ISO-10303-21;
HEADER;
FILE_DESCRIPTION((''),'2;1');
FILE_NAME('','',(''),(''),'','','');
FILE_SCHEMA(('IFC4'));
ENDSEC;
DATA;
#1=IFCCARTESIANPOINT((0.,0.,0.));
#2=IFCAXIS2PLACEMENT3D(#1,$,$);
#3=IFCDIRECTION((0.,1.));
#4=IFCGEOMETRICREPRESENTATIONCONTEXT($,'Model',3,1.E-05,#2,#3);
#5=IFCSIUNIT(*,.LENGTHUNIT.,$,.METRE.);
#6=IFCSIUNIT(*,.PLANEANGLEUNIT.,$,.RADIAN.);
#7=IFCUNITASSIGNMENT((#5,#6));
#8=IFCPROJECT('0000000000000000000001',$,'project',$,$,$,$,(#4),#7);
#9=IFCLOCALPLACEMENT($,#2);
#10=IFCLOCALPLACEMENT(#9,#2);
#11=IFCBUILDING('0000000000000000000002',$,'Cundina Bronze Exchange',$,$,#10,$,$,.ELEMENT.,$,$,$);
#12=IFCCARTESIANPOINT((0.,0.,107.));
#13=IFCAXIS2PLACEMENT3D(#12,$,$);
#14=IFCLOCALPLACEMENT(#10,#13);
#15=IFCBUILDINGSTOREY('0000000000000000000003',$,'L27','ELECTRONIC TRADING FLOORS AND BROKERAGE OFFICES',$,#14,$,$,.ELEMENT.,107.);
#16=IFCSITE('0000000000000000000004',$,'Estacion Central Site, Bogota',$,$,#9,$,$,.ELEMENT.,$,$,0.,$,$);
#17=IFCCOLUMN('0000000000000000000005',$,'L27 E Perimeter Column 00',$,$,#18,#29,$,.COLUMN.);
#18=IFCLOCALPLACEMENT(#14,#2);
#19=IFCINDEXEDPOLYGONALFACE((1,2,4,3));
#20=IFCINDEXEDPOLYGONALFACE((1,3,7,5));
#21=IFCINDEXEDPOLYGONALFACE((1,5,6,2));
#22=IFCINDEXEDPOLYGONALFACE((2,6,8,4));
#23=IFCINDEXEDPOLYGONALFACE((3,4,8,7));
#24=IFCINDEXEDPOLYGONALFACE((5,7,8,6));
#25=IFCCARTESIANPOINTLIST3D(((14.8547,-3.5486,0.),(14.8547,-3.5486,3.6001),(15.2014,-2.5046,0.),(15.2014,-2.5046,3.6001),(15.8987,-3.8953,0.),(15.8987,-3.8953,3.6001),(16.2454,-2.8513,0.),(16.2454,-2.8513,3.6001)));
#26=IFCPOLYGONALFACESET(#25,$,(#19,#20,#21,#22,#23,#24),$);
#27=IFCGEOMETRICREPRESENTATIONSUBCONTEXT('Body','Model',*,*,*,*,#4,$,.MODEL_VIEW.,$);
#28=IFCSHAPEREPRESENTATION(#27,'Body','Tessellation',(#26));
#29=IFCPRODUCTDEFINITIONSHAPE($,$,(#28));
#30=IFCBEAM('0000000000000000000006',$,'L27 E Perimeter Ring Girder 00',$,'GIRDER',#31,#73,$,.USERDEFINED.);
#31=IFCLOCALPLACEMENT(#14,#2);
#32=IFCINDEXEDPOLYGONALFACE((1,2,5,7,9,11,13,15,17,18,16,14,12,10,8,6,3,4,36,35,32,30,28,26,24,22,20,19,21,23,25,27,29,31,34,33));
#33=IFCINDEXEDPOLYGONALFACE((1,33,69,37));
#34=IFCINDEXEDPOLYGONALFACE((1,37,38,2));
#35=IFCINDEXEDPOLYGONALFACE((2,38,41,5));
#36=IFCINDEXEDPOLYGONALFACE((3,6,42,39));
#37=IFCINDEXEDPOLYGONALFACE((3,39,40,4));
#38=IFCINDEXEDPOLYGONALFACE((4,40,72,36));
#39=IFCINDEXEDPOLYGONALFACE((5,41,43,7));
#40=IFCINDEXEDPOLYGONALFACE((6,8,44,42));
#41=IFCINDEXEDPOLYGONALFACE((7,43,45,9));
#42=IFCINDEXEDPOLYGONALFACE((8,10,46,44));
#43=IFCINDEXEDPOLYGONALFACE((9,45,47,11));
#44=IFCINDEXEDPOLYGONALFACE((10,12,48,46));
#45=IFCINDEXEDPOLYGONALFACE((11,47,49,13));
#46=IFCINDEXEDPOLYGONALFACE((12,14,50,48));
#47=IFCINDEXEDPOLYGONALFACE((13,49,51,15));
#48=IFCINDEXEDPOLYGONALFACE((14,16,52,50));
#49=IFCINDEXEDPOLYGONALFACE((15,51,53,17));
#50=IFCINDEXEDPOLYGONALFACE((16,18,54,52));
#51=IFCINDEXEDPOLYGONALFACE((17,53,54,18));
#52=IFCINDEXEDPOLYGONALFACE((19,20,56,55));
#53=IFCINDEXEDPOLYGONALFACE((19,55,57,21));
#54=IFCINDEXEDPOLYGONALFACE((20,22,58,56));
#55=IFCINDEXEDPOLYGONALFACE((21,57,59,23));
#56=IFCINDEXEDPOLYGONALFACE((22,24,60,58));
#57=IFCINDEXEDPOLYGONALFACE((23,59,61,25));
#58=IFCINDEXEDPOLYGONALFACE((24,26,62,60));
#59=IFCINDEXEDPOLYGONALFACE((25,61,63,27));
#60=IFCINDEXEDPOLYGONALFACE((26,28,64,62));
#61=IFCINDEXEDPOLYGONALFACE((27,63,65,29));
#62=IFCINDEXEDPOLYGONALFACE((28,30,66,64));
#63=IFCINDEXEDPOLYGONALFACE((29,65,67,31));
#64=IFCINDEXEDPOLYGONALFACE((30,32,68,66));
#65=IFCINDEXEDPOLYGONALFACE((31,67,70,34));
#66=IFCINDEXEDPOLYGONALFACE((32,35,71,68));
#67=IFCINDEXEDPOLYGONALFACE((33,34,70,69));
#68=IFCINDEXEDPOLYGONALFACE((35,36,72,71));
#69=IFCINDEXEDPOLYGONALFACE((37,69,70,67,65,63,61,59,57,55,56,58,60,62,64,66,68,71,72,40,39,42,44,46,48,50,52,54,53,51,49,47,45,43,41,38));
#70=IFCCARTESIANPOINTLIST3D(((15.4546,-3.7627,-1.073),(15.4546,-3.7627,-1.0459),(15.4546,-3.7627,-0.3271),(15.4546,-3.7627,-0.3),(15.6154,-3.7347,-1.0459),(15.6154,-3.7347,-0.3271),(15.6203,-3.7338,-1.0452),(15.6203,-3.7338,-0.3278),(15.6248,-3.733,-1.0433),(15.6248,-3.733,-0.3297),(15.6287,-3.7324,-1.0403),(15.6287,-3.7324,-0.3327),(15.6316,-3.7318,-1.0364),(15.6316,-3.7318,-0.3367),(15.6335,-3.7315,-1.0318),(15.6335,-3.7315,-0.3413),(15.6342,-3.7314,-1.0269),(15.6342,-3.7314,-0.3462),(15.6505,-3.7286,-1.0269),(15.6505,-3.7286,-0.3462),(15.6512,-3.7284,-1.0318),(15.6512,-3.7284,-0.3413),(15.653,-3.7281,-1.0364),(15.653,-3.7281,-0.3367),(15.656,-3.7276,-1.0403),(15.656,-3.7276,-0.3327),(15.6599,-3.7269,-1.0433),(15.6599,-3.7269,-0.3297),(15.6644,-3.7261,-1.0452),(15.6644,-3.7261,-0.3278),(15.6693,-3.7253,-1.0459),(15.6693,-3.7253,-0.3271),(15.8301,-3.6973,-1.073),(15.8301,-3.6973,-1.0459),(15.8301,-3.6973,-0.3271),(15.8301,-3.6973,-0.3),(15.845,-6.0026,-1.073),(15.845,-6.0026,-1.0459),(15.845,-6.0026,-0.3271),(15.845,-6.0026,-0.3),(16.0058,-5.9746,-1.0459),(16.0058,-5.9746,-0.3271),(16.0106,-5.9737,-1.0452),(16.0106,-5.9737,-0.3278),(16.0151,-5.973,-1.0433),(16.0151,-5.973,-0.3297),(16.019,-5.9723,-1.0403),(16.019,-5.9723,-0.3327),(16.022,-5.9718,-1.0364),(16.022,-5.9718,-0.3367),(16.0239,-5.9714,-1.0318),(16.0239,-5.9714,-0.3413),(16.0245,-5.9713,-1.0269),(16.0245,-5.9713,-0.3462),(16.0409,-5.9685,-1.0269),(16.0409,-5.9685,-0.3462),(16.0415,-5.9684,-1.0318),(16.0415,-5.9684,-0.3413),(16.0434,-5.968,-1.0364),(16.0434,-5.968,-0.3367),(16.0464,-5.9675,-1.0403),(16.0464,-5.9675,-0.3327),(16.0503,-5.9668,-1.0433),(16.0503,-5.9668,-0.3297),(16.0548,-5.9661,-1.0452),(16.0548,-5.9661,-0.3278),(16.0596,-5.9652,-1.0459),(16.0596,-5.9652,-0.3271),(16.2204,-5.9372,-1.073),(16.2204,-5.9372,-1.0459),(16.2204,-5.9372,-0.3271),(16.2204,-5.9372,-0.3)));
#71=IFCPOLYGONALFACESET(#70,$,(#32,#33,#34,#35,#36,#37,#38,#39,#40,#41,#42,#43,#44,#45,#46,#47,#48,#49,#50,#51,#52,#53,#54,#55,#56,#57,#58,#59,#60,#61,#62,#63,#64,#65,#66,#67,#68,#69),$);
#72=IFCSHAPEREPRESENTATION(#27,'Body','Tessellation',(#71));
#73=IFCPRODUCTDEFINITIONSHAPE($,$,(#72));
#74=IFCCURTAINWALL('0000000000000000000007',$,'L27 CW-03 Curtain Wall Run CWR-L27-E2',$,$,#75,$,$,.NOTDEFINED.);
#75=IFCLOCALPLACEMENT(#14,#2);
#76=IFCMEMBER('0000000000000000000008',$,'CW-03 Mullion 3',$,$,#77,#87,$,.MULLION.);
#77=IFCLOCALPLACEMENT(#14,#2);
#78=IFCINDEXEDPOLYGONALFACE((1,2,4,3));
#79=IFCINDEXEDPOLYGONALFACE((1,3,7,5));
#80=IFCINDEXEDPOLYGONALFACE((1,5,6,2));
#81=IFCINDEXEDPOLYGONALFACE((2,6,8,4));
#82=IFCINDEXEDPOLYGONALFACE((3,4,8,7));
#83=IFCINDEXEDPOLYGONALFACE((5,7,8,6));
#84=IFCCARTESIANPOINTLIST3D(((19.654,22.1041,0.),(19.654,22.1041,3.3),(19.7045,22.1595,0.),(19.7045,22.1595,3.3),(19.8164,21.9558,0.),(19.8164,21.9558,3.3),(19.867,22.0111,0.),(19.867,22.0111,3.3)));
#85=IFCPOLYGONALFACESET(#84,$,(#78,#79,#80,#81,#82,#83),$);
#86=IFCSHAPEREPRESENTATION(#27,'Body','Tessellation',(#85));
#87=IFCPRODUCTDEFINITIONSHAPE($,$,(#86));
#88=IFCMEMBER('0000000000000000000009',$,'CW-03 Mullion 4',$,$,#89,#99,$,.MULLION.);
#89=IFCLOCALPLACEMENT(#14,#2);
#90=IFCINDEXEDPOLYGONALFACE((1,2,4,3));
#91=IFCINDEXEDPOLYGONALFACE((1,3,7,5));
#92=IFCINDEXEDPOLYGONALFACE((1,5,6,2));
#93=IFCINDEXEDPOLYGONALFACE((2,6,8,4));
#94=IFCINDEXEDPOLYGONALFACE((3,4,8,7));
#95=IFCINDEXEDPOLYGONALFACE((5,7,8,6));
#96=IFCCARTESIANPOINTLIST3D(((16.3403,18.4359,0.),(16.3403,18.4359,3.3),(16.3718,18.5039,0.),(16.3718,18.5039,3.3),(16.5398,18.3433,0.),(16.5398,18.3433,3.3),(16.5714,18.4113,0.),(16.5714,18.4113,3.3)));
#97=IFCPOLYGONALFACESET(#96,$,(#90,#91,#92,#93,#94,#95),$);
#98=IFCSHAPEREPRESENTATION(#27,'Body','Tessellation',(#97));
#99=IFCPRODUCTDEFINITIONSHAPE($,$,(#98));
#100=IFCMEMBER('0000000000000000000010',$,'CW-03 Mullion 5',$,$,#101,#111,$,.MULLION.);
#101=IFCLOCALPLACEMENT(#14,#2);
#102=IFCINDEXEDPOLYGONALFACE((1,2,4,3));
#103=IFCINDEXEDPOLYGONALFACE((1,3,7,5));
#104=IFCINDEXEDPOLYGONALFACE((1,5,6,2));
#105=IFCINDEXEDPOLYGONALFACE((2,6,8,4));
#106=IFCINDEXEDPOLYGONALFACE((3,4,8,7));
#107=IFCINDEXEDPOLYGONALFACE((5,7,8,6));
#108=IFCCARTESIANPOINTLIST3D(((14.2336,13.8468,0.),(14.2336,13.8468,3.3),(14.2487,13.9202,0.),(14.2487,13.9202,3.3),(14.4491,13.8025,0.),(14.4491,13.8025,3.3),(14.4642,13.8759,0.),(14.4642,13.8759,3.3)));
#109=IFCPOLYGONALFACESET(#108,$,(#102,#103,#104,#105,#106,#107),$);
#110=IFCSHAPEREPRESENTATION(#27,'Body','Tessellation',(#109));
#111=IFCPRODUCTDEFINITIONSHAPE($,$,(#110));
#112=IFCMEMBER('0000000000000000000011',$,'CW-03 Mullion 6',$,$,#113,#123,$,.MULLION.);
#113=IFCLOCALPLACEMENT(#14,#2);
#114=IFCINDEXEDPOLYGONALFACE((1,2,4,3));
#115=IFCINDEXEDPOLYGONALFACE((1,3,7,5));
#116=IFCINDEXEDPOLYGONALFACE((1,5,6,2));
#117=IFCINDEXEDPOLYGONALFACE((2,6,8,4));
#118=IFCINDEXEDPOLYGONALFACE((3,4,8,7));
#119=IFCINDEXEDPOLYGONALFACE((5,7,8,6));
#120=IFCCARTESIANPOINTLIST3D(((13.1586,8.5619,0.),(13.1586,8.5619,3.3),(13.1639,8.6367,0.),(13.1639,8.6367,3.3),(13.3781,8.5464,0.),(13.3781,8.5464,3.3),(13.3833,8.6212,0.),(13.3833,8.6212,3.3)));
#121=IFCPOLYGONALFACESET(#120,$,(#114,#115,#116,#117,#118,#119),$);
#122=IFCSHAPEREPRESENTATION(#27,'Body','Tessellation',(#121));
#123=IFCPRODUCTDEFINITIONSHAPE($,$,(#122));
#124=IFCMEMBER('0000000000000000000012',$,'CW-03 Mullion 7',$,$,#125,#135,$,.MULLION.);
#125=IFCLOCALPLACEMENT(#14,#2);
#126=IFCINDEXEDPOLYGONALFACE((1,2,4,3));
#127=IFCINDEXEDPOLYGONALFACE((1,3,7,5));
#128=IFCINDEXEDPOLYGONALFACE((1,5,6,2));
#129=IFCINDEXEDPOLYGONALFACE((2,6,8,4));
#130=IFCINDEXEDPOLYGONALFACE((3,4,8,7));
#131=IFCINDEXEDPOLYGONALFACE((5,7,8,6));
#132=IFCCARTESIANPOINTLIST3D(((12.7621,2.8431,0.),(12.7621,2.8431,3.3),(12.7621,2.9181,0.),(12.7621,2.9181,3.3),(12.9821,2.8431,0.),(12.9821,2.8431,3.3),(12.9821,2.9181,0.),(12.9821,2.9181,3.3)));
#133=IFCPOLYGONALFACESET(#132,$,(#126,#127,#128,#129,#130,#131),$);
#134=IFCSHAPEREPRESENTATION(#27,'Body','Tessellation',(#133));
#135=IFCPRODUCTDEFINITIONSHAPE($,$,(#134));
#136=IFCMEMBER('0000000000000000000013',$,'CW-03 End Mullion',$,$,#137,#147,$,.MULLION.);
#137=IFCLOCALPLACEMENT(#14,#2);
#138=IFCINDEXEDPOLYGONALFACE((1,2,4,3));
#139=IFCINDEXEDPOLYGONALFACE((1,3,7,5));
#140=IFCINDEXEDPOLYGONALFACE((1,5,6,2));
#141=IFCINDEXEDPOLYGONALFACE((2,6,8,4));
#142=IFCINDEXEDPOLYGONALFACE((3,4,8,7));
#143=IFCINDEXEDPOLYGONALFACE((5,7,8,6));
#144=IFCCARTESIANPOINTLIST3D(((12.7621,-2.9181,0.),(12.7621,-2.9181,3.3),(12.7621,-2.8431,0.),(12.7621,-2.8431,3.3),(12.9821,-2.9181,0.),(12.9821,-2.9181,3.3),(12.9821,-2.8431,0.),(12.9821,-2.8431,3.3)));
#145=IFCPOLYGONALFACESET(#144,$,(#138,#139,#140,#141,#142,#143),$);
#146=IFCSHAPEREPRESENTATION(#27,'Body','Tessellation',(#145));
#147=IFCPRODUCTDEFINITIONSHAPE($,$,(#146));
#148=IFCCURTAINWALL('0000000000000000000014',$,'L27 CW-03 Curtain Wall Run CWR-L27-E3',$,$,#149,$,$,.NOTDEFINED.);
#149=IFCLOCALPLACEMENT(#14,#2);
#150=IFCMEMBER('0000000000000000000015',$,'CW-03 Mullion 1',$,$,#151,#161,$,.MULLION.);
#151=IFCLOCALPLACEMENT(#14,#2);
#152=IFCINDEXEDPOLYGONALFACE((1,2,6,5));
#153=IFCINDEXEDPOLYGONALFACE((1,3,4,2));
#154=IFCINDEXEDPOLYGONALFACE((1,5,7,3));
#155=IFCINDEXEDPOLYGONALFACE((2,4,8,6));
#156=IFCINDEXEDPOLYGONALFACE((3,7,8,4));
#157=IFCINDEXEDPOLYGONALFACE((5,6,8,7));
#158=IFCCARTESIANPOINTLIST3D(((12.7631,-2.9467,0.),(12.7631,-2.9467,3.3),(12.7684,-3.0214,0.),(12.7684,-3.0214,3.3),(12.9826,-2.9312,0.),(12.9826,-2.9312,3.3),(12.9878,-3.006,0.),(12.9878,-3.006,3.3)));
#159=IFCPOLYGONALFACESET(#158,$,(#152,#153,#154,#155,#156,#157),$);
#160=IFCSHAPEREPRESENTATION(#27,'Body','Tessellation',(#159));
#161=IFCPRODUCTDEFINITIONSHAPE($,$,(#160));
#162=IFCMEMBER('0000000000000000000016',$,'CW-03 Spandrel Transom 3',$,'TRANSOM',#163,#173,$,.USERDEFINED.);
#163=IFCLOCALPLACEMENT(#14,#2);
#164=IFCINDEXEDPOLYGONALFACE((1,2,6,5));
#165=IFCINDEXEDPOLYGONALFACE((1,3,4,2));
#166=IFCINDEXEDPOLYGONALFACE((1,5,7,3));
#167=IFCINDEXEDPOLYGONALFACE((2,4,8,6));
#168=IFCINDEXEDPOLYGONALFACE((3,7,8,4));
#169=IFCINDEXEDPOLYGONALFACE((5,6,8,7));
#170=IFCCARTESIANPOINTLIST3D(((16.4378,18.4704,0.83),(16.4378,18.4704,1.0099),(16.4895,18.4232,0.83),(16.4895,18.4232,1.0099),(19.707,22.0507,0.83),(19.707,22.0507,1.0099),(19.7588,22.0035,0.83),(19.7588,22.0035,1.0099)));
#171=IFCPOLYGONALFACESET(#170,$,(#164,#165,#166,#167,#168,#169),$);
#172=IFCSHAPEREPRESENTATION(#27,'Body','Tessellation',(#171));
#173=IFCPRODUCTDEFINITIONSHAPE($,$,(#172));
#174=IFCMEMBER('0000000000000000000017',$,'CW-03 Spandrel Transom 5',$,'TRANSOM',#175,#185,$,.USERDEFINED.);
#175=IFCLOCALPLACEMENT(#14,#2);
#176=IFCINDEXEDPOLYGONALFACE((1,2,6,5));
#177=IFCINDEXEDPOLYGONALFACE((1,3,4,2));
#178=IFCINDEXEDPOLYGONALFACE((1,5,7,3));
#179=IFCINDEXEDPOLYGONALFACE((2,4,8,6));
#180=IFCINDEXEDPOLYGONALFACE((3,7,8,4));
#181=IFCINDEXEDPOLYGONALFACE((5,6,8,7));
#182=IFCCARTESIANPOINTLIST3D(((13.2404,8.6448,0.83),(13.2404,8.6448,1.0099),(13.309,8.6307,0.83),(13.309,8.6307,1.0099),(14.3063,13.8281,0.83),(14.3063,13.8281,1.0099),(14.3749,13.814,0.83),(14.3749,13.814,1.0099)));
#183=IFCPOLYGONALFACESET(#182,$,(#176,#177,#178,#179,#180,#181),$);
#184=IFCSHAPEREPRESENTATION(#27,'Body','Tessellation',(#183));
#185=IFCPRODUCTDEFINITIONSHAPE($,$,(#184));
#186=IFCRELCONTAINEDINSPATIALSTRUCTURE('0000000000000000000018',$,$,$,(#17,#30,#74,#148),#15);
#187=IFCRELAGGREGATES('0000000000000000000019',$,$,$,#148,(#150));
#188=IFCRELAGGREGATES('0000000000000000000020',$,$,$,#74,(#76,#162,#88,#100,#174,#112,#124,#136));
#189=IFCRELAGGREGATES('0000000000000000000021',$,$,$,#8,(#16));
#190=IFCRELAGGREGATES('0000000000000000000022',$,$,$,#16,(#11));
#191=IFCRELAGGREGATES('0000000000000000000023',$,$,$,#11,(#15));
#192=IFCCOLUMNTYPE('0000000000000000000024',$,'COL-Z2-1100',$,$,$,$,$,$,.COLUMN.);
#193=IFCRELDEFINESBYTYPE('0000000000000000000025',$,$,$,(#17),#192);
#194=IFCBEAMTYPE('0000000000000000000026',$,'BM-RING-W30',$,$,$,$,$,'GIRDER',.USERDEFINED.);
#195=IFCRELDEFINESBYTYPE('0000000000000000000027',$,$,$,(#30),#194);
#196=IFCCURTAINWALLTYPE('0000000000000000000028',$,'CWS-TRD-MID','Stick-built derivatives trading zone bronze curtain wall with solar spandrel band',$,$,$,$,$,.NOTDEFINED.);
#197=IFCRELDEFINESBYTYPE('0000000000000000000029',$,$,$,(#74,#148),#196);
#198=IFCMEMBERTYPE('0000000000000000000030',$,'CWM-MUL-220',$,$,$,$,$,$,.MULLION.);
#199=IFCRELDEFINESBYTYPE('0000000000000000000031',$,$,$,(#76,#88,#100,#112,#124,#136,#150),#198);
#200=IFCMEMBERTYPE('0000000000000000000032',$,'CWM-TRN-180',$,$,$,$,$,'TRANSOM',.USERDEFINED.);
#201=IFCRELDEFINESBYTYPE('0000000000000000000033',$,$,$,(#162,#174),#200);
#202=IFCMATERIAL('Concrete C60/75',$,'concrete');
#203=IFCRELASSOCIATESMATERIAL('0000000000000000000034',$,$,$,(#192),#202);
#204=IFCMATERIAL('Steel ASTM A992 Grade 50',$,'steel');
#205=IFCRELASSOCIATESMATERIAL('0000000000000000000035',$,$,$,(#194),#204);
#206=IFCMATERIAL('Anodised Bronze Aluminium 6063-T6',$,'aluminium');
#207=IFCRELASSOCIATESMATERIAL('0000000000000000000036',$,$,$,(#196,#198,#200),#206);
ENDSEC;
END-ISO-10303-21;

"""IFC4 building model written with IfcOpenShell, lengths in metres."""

from ifc_helpers import new_model, si_unit, direction, frame, origin, origin_2d, place, context, subcontext, project, spatial, rectangle, i_section, extrude, material, material_profile, profile_set, type_object, element, aggregate, save


model = new_model("IFC4")

# Units and contexts
model_context = context("Model", 3, precision=1e-05, world=origin(), true_north=direction((0.0, 1.0)))
body_context = subcontext(model_context, "Body", "Model", "MODEL_VIEW")
ifc_project = project(units=[si_unit("LENGTHUNIT", "METRE"), si_unit("PLANEANGLEUNIT", "RADIAN")], contexts=[model_context])

# Site, building, storey
site_placement = place(None, origin())
site = spatial("IfcSite", under=ifc_project, at=site_placement, Name="Estacion Central Site, Bogota", CompositionType="ELEMENT", RefElevation=0.0)
building_placement = place(site_placement, origin())
building = spatial("IfcBuilding", under=site, at=building_placement, Name="Cundina Bronze Exchange", CompositionType="ELEMENT")
storey_placement = place(building_placement, frame((0.0, 0.0, 107.0)))
storey = spatial("IfcBuildingStorey", under=building, at=storey_placement, Name="L27", Description="ELECTRONIC TRADING FLOORS AND BROKERAGE OFFICES", CompositionType="ELEMENT", Elevation=107.0)

# Column
ifc_material_1 = material(Name="Concrete C60/75", Category="concrete")
ifc_material_profile_1 = material_profile(ifc_material_1, rectangle(XDim=1.1001, YDim=1.1001, at=origin_2d()), Name="RC1100X1100", Category="concrete")
ifc_profile_set_1 = profile_set([ifc_material_profile_1], Name="Concrete C60/75")
column_type = type_object("IfcColumnType", Name="COL-Z2-1100", PredefinedType="COLUMN", material=ifc_profile_set_1)
column_placement = place(storey_placement, frame((15.55, -3.2, 0.0), z_axis=(0.0, 0.0, 1.0), x_axis=(-0.315152, -0.949041, 0.0)))
element("IfcColumn", 1, at=column_placement, inside=storey, type_object=column_type, Name="L27 E Perimeter Column 00", PredefinedType="COLUMN", context=body_context, shape_type="SweptSolid", body=[
    extrude(rectangle(XDim=1.1001, YDim=1.1001, at=origin_2d()), origin(), (0.0, 0.0, 1.0), 3.6001),
])

# Beam
ifc_material_2 = material(Name="Steel ASTM A992 Grade 50", Category="steel")
ifc_material_profile_2 = material_profile(ifc_material_2, i_section(OverallWidth=0.3811, OverallDepth=0.7729, WebThickness=0.0166, FlangeThickness=0.0271, FilletRadius=0.019, at=origin_2d()), Name="W30X173", Category="steel")
ifc_profile_set_2 = profile_set([ifc_material_profile_2], Name="Steel ASTM A992 Grade 50")
beam_type = type_object("IfcBeamType", Name="BM-RING-W30", ElementType="GIRDER", PredefinedType="USERDEFINED", material=ifc_profile_set_2)
beam_placement = place(storey_placement, frame((15.6423, -3.73, -0.6865), z_axis=(0.17169, -0.985151, 0.0), x_axis=(0.985151, 0.17169, 0.0)))
element("IfcBeam", 2, at=beam_placement, inside=storey, type_object=beam_type, Name="L27 E Perimeter Ring Girder 00", ObjectType="GIRDER", PredefinedType="USERDEFINED", context=body_context, shape_type="SweptSolid", body=[
    extrude(i_section(OverallWidth=0.3811, OverallDepth=0.7729, WebThickness=0.0166, FlangeThickness=0.0271, FilletRadius=0.019, at=origin_2d()), origin(), (0.0, 0.0, 1.0), 2.2737),
])

# Curtain wall, members
ifc_material_3 = material(Name="Anodised Bronze Aluminium 6063-T6", Category="aluminium")
curtain_wall_type = type_object("IfcCurtainWallType", Name="CWS-TRD-MID", Description="Stick-built derivatives trading zone bronze curtain wall with solar spandrel band", PredefinedType="NOTDEFINED", material=ifc_material_3)
curtain_wall_1_placement = place(storey_placement, origin())
curtain_wall_1 = element("IfcCurtainWall", 3, at=curtain_wall_1_placement, inside=storey, type_object=curtain_wall_type, Name="L27 CW-03 Curtain Wall Run CWR-L27-E2", PredefinedType="NOTDEFINED")
ifc_material_profile_3 = material_profile(ifc_material_3, rectangle(XDim=0.075, YDim=0.22, at=origin_2d()), Name="AL75X220", Category="aluminium")
ifc_profile_set_3 = profile_set([ifc_material_profile_3], Name="Anodised Bronze Aluminium 6063-T6")
member_type_1 = type_object("IfcMemberType", Name="CWM-MUL-220", PredefinedType="MULLION", material=ifc_profile_set_3)
member_1_placement = place(storey_placement, frame((19.7605, 22.0576, 0.0), z_axis=(0.0, 0.0, 1.0), x_axis=(-0.674302, -0.738455, 0.0)))
member_1 = element("IfcMember", 4, at=member_1_placement, type_object=member_type_1, Name="CW-03 Mullion 3", PredefinedType="MULLION", context=body_context, shape_type="SweptSolid", body=[
    extrude(rectangle(XDim=0.075, YDim=0.22, at=origin_2d()), origin(), (0.0, 0.0, 1.0), 3.3),
])
member_2_placement = place(storey_placement, frame((16.4558, 18.4236, 0.0), z_axis=(0.0, 0.0, 1.0), x_axis=(-0.420877, -0.907117, 0.0)))
member_2 = element("IfcMember", 5, at=member_2_placement, type_object=member_type_1, Name="CW-03 Mullion 4", PredefinedType="MULLION", context=body_context, shape_type="SweptSolid", body=[
    extrude(rectangle(XDim=0.075, YDim=0.22, at=origin_2d()), origin(), (0.0, 0.0, 1.0), 3.3),
])
member_3_placement = place(storey_placement, frame((14.3489, 13.8613, 0.0), z_axis=(0.0, 0.0, 1.0), x_axis=(-0.20142, -0.979505, 0.0)))
member_3 = element("IfcMember", 6, at=member_3_placement, type_object=member_type_1, Name="CW-03 Mullion 5", PredefinedType="MULLION", context=body_context, shape_type="SweptSolid", body=[
    extrude(rectangle(XDim=0.075, YDim=0.22, at=origin_2d()), origin(), (0.0, 0.0, 1.0), 3.3),
])
member_4_placement = place(storey_placement, frame((13.271, 8.5916, 0.0), z_axis=(0.0, 0.0, 1.0), x_axis=(-0.070279, -0.997527, 0.0)))
member_4 = element("IfcMember", 7, at=member_4_placement, type_object=member_type_1, Name="CW-03 Mullion 6", PredefinedType="MULLION", context=body_context, shape_type="SweptSolid", body=[
    extrude(rectangle(XDim=0.075, YDim=0.22, at=origin_2d()), origin(), (0.0, 0.0, 1.0), 3.3),
])
member_5_placement = place(storey_placement, frame((12.8721, 2.8806, 0.0), z_axis=(0.0, 0.0, 1.0), x_axis=(0.0, -1.0, 0.0)))
member_5 = element("IfcMember", 8, at=member_5_placement, type_object=member_type_1, Name="CW-03 Mullion 7", PredefinedType="MULLION", context=body_context, shape_type="SweptSolid", body=[
    extrude(rectangle(XDim=0.075, YDim=0.22, at=origin_2d()), origin(), (0.0, 0.0, 1.0), 3.3),
])
member_6_placement = place(storey_placement, frame((12.8721, -2.8806, 0.0), z_axis=(0.0, 0.0, 1.0), x_axis=(0.0, -1.0, 0.0)))
member_6 = element("IfcMember", 9, at=member_6_placement, type_object=member_type_1, Name="CW-03 End Mullion", PredefinedType="MULLION", context=body_context, shape_type="SweptSolid", body=[
    extrude(rectangle(XDim=0.075, YDim=0.22, at=origin_2d()), origin(), (0.0, 0.0, 1.0), 3.3),
])

# Curtain wall, member
curtain_wall_2_placement = place(storey_placement, origin())
curtain_wall_2 = element("IfcCurtainWall", 10, at=curtain_wall_2_placement, inside=storey, type_object=curtain_wall_type, Name="L27 CW-03 Curtain Wall Run CWR-L27-E3", PredefinedType="NOTDEFINED")
member_7_placement = place(storey_placement, frame((12.8755, -2.9763, 0.0), z_axis=(0.0, 0.0, 1.0), x_axis=(0.070279, -0.997527, 0.0)))
member_7 = element("IfcMember", 11, at=member_7_placement, type_object=member_type_1, Name="CW-03 Mullion 1", PredefinedType="MULLION", context=body_context, shape_type="SweptSolid", body=[
    extrude(rectangle(XDim=0.075, YDim=0.22, at=origin_2d()), origin(), (0.0, 0.0, 1.0), 3.3),
])

# Members
ifc_material_profile_4 = material_profile(ifc_material_3, rectangle(XDim=0.0701, YDim=0.1799, at=origin_2d()), Name="AL70X180", Category="aluminium")
ifc_profile_set_4 = profile_set([ifc_material_profile_4], Name="Anodised Bronze Aluminium 6063-T6")
member_type_2 = type_object("IfcMemberType", Name="CWM-TRN-180", ElementType="TRANSOM", PredefinedType="USERDEFINED", material=ifc_profile_set_4)
member_8_placement = place(storey_placement, frame((19.7329, 22.0271, 0.9199), z_axis=(-0.674303, -0.738455, 0.0), x_axis=(0.738455, -0.674303, 0.0)))
member_8 = element("IfcMember", 12, at=member_8_placement, type_object=member_type_2, Name="CW-03 Spandrel Transom 3", ObjectType="TRANSOM", PredefinedType="USERDEFINED", context=body_context, shape_type="SweptSolid", body=[
    extrude(rectangle(XDim=0.0701, YDim=0.1799, at=origin_2d()), origin(), (0.0, 0.0, 1.0), 4.8484),
])
member_9_placement = place(storey_placement, frame((14.3406, 13.821, 0.9199), z_axis=(-0.201428, -0.979503, 0.0), x_axis=(0.979503, -0.201428, 0.0)))
member_9 = element("IfcMember", 13, at=member_9_placement, type_object=member_type_2, Name="CW-03 Spandrel Transom 5", ObjectType="TRANSOM", PredefinedType="USERDEFINED", context=body_context, shape_type="SweptSolid", body=[
    extrude(rectangle(XDim=0.0701, YDim=0.1799, at=origin_2d()), origin(), (0.0, 0.0, 1.0), 5.2917),
])
aggregate(curtain_wall_2, [member_7])

aggregate(curtain_wall_1, [member_1, member_8, member_2, member_3, member_9, member_4, member_5, member_6])

save(model, "model.ifc")
